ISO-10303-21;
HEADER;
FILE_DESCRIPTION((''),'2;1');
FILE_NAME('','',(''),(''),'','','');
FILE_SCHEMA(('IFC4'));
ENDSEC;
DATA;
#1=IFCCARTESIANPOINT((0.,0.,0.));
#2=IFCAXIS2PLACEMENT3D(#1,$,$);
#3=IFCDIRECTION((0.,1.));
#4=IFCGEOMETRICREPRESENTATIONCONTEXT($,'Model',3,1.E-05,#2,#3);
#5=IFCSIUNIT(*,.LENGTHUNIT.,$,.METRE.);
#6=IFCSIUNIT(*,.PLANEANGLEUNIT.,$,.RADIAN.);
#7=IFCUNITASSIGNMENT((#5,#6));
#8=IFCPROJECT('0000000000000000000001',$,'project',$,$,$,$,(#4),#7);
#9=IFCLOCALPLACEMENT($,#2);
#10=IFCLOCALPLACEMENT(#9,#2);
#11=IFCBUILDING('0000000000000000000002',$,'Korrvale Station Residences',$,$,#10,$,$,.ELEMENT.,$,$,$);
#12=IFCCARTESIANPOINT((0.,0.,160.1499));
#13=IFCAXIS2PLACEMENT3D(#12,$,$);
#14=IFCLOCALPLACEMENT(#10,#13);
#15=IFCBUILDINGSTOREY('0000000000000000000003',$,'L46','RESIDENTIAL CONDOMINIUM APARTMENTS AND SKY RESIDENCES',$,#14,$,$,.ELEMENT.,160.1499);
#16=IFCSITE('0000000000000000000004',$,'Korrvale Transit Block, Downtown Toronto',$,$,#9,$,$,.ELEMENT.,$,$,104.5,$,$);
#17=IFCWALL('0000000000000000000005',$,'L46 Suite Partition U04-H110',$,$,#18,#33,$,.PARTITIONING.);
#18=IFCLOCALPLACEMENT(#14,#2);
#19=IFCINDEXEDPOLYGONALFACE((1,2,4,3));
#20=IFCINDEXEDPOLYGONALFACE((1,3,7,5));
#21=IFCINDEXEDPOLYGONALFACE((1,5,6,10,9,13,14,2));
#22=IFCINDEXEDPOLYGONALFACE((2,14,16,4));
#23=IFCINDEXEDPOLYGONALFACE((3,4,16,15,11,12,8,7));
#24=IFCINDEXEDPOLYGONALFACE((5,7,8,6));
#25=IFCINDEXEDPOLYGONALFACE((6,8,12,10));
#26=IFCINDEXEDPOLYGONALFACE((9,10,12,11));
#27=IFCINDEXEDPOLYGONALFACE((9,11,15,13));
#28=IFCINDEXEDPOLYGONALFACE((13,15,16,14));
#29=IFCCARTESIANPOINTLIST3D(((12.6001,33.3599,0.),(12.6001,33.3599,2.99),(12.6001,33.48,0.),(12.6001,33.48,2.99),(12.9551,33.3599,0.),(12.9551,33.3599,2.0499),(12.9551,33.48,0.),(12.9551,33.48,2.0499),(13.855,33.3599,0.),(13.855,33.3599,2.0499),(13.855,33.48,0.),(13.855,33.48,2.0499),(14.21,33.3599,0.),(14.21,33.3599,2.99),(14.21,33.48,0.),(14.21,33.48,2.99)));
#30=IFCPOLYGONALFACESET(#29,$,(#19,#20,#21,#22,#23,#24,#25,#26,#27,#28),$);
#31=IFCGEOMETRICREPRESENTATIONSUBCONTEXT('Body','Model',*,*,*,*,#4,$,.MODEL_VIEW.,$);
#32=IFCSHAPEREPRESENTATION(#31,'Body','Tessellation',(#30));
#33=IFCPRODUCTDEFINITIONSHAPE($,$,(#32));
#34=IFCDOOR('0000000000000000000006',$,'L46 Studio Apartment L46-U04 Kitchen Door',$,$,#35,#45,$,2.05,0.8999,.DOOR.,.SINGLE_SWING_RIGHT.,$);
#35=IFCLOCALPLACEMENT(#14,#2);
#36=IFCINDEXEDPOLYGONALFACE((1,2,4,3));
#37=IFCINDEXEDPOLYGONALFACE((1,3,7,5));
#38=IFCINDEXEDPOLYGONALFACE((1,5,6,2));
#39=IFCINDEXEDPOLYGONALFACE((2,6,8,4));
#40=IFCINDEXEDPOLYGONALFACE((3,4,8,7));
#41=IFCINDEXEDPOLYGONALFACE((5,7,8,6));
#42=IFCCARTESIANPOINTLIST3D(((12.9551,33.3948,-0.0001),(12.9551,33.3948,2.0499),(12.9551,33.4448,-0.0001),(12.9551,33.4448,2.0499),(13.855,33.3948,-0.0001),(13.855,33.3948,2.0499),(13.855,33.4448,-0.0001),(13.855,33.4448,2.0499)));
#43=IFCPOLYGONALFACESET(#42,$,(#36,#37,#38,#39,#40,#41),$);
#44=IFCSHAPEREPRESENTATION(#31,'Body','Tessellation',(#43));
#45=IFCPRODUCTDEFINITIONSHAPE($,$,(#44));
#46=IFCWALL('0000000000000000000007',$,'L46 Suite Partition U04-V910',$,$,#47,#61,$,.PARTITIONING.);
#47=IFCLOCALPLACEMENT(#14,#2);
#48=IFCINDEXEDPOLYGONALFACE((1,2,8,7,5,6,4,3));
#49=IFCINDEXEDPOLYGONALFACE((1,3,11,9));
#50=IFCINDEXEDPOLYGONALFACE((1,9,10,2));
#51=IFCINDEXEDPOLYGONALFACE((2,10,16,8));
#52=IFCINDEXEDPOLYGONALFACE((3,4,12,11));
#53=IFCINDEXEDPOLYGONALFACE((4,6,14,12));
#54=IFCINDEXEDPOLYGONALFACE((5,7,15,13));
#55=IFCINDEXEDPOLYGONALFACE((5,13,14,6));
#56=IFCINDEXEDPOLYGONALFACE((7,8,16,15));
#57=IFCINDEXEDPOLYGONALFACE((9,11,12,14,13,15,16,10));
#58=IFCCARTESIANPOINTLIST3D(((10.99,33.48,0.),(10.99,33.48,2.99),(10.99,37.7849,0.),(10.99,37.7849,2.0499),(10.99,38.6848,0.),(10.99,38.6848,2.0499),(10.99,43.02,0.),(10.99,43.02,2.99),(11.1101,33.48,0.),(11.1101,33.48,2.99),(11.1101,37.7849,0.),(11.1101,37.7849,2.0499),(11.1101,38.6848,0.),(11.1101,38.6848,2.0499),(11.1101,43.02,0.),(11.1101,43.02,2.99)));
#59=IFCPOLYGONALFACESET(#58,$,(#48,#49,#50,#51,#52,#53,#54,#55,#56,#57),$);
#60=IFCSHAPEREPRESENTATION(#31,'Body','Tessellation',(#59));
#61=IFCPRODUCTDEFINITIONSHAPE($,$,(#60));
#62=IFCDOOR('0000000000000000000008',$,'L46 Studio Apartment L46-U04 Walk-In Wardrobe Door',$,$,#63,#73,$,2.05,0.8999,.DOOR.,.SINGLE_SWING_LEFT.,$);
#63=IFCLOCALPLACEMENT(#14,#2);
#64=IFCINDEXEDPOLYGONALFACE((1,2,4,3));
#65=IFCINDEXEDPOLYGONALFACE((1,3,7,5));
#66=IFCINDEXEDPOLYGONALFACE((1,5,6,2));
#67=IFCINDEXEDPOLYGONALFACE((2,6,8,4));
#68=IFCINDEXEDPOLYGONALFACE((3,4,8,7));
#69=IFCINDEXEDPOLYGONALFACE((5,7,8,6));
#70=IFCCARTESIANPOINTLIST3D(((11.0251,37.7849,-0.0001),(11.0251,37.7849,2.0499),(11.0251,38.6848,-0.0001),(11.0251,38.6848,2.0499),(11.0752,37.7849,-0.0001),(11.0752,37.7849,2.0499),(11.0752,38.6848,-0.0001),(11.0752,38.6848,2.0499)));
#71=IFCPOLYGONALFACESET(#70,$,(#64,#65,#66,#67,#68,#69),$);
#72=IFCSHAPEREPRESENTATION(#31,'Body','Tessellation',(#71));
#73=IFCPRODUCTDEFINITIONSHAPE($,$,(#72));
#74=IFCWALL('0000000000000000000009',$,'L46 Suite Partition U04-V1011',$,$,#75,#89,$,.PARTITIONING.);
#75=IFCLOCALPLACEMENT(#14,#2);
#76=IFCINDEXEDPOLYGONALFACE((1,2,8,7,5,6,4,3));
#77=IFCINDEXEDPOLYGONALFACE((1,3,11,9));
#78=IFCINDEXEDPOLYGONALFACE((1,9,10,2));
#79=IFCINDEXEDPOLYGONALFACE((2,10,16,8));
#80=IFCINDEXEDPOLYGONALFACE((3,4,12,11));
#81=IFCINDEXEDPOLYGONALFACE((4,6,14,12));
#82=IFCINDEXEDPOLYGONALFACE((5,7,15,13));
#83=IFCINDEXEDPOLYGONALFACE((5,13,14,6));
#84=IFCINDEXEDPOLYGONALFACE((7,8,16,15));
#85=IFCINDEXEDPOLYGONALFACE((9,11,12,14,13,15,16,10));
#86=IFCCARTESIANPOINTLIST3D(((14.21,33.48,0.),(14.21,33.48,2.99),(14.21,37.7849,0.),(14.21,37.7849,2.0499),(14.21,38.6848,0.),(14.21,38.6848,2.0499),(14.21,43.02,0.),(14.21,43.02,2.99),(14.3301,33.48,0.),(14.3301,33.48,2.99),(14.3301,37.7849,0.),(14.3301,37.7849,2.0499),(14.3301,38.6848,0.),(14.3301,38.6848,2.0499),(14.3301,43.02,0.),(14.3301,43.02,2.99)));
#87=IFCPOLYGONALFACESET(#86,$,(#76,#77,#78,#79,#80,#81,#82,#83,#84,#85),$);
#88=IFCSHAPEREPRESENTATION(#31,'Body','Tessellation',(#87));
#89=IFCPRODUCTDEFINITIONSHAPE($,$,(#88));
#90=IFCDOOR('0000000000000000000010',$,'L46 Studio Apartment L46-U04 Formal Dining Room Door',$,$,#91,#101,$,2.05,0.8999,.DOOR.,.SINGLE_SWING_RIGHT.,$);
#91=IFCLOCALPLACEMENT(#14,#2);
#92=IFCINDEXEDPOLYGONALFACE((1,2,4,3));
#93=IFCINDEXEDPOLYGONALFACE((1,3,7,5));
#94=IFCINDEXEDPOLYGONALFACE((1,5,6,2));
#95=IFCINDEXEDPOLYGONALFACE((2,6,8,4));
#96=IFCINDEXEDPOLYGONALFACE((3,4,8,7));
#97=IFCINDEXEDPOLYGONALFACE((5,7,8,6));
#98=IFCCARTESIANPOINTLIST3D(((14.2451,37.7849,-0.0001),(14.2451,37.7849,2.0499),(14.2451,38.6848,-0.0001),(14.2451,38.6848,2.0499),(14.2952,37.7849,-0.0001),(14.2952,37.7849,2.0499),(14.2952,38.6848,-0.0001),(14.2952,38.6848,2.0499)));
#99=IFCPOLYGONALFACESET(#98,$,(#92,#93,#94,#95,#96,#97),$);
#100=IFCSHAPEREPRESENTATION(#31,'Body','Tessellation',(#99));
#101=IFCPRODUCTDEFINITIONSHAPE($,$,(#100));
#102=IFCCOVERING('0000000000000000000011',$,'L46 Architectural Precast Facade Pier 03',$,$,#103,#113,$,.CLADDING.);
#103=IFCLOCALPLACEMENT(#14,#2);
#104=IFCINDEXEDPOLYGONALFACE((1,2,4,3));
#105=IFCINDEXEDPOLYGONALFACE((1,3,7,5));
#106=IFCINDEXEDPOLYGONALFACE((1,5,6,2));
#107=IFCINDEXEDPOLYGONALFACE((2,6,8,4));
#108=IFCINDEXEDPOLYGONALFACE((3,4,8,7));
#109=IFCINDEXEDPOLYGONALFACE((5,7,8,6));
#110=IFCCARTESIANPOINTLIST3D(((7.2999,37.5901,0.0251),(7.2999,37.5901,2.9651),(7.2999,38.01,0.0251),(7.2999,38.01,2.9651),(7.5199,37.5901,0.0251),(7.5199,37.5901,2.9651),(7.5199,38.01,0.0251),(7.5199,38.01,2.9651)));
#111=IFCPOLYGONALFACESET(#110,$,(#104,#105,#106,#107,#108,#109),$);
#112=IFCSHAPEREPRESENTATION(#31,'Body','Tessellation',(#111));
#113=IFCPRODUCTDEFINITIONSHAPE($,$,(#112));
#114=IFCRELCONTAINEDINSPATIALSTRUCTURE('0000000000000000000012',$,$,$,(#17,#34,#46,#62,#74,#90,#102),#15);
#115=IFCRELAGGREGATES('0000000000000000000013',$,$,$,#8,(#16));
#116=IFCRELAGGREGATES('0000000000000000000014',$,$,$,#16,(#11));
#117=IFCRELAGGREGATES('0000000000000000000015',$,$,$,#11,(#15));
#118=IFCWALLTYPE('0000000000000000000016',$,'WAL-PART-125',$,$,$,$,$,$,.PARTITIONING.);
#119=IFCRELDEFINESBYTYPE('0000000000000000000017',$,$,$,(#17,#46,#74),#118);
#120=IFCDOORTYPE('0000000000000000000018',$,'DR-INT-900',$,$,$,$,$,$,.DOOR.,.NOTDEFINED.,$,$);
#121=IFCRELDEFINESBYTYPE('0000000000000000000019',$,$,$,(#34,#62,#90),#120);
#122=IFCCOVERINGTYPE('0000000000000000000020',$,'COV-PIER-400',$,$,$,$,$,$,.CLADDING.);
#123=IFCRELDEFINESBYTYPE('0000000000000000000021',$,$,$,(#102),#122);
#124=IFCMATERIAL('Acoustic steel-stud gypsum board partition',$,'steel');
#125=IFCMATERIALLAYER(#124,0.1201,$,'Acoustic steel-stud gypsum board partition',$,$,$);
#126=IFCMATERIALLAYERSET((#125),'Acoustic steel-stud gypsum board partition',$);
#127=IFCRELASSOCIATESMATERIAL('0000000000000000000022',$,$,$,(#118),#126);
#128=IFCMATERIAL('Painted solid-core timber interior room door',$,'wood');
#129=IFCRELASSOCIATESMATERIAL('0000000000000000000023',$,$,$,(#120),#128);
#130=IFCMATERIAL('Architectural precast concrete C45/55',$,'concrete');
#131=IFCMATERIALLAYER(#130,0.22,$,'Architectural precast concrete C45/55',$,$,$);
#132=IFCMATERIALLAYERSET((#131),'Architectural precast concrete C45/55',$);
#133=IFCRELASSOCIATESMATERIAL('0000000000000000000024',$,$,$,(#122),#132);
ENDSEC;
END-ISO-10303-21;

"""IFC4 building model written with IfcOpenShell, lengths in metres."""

from ifc_helpers import new_model, si_unit, direction, frame, frame_2d, origin, origin_2d, place, context, subcontext, project, spatial, rectangle, extrude, material, layer, layer_set, type_object, element, fill, save


model = new_model("IFC4")

# Units and contexts
model_context = context("Model", 3, precision=1e-05, world=origin(), true_north=direction((0.0, 1.0)))
body_context = subcontext(model_context, "Body", "Model", "MODEL_VIEW")
ifc_project = project(units=[si_unit("LENGTHUNIT", "METRE"), si_unit("PLANEANGLEUNIT", "RADIAN")], contexts=[model_context])

# Site, building, storey
site_placement = place(None, origin())
site = spatial("IfcSite", under=ifc_project, at=site_placement, Name="Korrvale Transit Block, Downtown Toronto", CompositionType="ELEMENT", RefElevation=104.5)
building_placement = place(site_placement, origin())
building = spatial("IfcBuilding", under=site, at=building_placement, Name="Korrvale Station Residences", CompositionType="ELEMENT")
storey_placement = place(building_placement, frame((0.0, 0.0, 160.1499)))
storey = spatial("IfcBuildingStorey", under=building, at=storey_placement, Name="L46", Description="RESIDENTIAL CONDOMINIUM APARTMENTS AND SKY RESIDENCES", CompositionType="ELEMENT", Elevation=160.1499)

# Shared definitions
ifc_material_1 = material(Name="Acoustic steel-stud gypsum board partition", Category="steel")
ifc_layer_1 = layer(ifc_material_1, 0.1201, Name="Acoustic steel-stud gypsum board partition")
ifc_layer_set_1 = layer_set([ifc_layer_1], Name="Acoustic steel-stud gypsum board partition")
wall_type_1 = type_object("IfcWallType", Name="WAL-PART-125", PredefinedType="PARTITIONING", material=ifc_layer_set_1)

# Walls, openings, doors
wall_1_placement = place(storey_placement, frame((12.6001, 33.4199, 0.0), z_axis=(0.0, 0.0, 1.0), x_axis=(1.0, 0.0, 0.0)))
wall_1 = element("IfcWall", 1, at=wall_1_placement, inside=storey, type_object=wall_type_1, Name="L46 Suite Partition U04-H110", PredefinedType="PARTITIONING", context=body_context, shape_type="SweptSolid", body=[
    extrude(rectangle(XDim=1.6099, YDim=0.1201, at=frame_2d((0.8049, 0.0))), origin(), (0.0, 0.0, 1.0), 2.99),
])
opening_1_placement = place(wall_1_placement, frame((0.355, 0.0, 0.0)))
opening_1 = element("IfcOpeningElement", 2, at=opening_1_placement, cuts=wall_1, PredefinedType="OPENING", context=body_context, shape_type="SweptSolid", body=[
    extrude(rectangle(XDim=0.8999, YDim=2.05, at=frame_2d((0.45, 1.0249))), frame((0.0, 0.0701, 0.0), z_axis=(0.0, -1.0, 0.0), x_axis=(1.0, 0.0, 0.0)), (0.0, 0.0, 1.0), 0.1401),
])
ifc_material_2 = material(Name="Painted solid-core timber interior room door", Category="wood")
door_type = type_object("IfcDoorType", Name="DR-INT-900", OperationType="NOTDEFINED", PredefinedType="DOOR", material=ifc_material_2)
door_1_placement = place(opening_1_placement, origin())
door_1 = element("IfcDoor", 3, at=door_1_placement, inside=storey, type_object=door_type, Name="L46 Studio Apartment L46-U04 Kitchen Door", OperationType="SINGLE_SWING_RIGHT", OverallHeight=2.05, OverallWidth=0.8999, PredefinedType="DOOR", context=body_context, shape_type="SweptSolid", body=[
    extrude(rectangle(XDim=0.8999, YDim=2.05, at=frame_2d((0.45, 1.0249))), frame((0.0, 0.0249, 0.0), z_axis=(0.0, -1.0, 0.0), x_axis=(1.0, 0.0, 0.0)), (0.0, 0.0, 1.0), 0.05),
])
fill(opening_1, door_1)
wall_2_placement = place(storey_placement, frame((11.05, 33.48, 0.0), z_axis=(0.0, 0.0, 1.0), x_axis=(0.0, 1.0, 0.0)))
wall_2 = element("IfcWall", 4, at=wall_2_placement, inside=storey, type_object=wall_type_1, Name="L46 Suite Partition U04-V910", PredefinedType="PARTITIONING", context=body_context, shape_type="SweptSolid", body=[
    extrude(rectangle(XDim=9.54, YDim=0.1201, at=frame_2d((4.77, 0.0))), origin(), (0.0, 0.0, 1.0), 2.99),
])
opening_2_placement = place(wall_2_placement, frame((4.3049, 0.0, 0.0)))
opening_2 = element("IfcOpeningElement", 5, at=opening_2_placement, cuts=wall_2, PredefinedType="OPENING", context=body_context, shape_type="SweptSolid", body=[
    extrude(rectangle(XDim=0.8999, YDim=2.05, at=frame_2d((0.45, 1.0249))), frame((0.0, 0.0701, 0.0), z_axis=(0.0, -1.0, 0.0), x_axis=(1.0, 0.0, 0.0)), (0.0, 0.0, 1.0), 0.1401),
])
door_2_placement = place(opening_2_placement, origin())
door_2 = element("IfcDoor", 6, at=door_2_placement, inside=storey, type_object=door_type, Name="L46 Studio Apartment L46-U04 Walk-In Wardrobe Door", OperationType="SINGLE_SWING_LEFT", OverallHeight=2.05, OverallWidth=0.8999, PredefinedType="DOOR", context=body_context, shape_type="SweptSolid", body=[
    extrude(rectangle(XDim=0.8999, YDim=2.05, at=frame_2d((0.45, 1.0249))), frame((0.0, 0.0249, 0.0), z_axis=(0.0, -1.0, 0.0), x_axis=(1.0, 0.0, 0.0)), (0.0, 0.0, 1.0), 0.05),
])
fill(opening_2, door_2)
wall_3_placement = place(storey_placement, frame((14.27, 33.48, 0.0), z_axis=(0.0, 0.0, 1.0), x_axis=(0.0, 1.0, 0.0)))
wall_3 = element("IfcWall", 7, at=wall_3_placement, inside=storey, type_object=wall_type_1, Name="L46 Suite Partition U04-V1011", PredefinedType="PARTITIONING", context=body_context, shape_type="SweptSolid", body=[
    extrude(rectangle(XDim=9.54, YDim=0.1201, at=frame_2d((4.77, 0.0))), origin(), (0.0, 0.0, 1.0), 2.99),
])
opening_3_placement = place(wall_3_placement, frame((4.3049, 0.0, 0.0)))
opening_3 = element("IfcOpeningElement", 8, at=opening_3_placement, cuts=wall_3, PredefinedType="OPENING", context=body_context, shape_type="SweptSolid", body=[
    extrude(rectangle(XDim=0.8999, YDim=2.05, at=frame_2d((0.45, 1.0249))), frame((0.0, 0.0701, 0.0), z_axis=(0.0, -1.0, 0.0), x_axis=(1.0, 0.0, 0.0)), (0.0, 0.0, 1.0), 0.1401),
])
door_3_placement = place(opening_3_placement, origin())
door_3 = element("IfcDoor", 9, at=door_3_placement, inside=storey, type_object=door_type, Name="L46 Studio Apartment L46-U04 Formal Dining Room Door", OperationType="SINGLE_SWING_RIGHT", OverallHeight=2.05, OverallWidth=0.8999, PredefinedType="DOOR", context=body_context, shape_type="SweptSolid", body=[
    extrude(rectangle(XDim=0.8999, YDim=2.05, at=frame_2d((0.45, 1.0249))), frame((0.0, 0.0249, 0.0), z_axis=(0.0, -1.0, 0.0), x_axis=(1.0, 0.0, 0.0)), (0.0, 0.0, 1.0), 0.05),
])
fill(opening_3, door_3)

# Covering
ifc_material_3 = material(Name="Architectural precast concrete C45/55", Category="concrete")
ifc_layer_2 = layer(ifc_material_3, 0.22, Name="Architectural precast concrete C45/55")
ifc_layer_set_2 = layer_set([ifc_layer_2], Name="Architectural precast concrete C45/55")
covering_type = type_object("IfcCoveringType", Name="COV-PIER-400", PredefinedType="CLADDING", material=ifc_layer_set_2)
covering_placement = place(storey_placement, frame((7.4099, 37.8, 0.0251), z_axis=(0.0, 0.0, 1.0), x_axis=(0.0, 1.0, 0.0)))
element("IfcCovering", 10, at=covering_placement, inside=storey, type_object=covering_type, Name="L46 Architectural Precast Facade Pier 03", PredefinedType="CLADDING", context=body_context, shape_type="SweptSolid", body=[
    extrude(rectangle(XDim=0.4199, YDim=0.22, at=origin_2d()), origin(), (0.0, 0.0, 1.0), 2.9399),
])

save(model, "model.ifc")
